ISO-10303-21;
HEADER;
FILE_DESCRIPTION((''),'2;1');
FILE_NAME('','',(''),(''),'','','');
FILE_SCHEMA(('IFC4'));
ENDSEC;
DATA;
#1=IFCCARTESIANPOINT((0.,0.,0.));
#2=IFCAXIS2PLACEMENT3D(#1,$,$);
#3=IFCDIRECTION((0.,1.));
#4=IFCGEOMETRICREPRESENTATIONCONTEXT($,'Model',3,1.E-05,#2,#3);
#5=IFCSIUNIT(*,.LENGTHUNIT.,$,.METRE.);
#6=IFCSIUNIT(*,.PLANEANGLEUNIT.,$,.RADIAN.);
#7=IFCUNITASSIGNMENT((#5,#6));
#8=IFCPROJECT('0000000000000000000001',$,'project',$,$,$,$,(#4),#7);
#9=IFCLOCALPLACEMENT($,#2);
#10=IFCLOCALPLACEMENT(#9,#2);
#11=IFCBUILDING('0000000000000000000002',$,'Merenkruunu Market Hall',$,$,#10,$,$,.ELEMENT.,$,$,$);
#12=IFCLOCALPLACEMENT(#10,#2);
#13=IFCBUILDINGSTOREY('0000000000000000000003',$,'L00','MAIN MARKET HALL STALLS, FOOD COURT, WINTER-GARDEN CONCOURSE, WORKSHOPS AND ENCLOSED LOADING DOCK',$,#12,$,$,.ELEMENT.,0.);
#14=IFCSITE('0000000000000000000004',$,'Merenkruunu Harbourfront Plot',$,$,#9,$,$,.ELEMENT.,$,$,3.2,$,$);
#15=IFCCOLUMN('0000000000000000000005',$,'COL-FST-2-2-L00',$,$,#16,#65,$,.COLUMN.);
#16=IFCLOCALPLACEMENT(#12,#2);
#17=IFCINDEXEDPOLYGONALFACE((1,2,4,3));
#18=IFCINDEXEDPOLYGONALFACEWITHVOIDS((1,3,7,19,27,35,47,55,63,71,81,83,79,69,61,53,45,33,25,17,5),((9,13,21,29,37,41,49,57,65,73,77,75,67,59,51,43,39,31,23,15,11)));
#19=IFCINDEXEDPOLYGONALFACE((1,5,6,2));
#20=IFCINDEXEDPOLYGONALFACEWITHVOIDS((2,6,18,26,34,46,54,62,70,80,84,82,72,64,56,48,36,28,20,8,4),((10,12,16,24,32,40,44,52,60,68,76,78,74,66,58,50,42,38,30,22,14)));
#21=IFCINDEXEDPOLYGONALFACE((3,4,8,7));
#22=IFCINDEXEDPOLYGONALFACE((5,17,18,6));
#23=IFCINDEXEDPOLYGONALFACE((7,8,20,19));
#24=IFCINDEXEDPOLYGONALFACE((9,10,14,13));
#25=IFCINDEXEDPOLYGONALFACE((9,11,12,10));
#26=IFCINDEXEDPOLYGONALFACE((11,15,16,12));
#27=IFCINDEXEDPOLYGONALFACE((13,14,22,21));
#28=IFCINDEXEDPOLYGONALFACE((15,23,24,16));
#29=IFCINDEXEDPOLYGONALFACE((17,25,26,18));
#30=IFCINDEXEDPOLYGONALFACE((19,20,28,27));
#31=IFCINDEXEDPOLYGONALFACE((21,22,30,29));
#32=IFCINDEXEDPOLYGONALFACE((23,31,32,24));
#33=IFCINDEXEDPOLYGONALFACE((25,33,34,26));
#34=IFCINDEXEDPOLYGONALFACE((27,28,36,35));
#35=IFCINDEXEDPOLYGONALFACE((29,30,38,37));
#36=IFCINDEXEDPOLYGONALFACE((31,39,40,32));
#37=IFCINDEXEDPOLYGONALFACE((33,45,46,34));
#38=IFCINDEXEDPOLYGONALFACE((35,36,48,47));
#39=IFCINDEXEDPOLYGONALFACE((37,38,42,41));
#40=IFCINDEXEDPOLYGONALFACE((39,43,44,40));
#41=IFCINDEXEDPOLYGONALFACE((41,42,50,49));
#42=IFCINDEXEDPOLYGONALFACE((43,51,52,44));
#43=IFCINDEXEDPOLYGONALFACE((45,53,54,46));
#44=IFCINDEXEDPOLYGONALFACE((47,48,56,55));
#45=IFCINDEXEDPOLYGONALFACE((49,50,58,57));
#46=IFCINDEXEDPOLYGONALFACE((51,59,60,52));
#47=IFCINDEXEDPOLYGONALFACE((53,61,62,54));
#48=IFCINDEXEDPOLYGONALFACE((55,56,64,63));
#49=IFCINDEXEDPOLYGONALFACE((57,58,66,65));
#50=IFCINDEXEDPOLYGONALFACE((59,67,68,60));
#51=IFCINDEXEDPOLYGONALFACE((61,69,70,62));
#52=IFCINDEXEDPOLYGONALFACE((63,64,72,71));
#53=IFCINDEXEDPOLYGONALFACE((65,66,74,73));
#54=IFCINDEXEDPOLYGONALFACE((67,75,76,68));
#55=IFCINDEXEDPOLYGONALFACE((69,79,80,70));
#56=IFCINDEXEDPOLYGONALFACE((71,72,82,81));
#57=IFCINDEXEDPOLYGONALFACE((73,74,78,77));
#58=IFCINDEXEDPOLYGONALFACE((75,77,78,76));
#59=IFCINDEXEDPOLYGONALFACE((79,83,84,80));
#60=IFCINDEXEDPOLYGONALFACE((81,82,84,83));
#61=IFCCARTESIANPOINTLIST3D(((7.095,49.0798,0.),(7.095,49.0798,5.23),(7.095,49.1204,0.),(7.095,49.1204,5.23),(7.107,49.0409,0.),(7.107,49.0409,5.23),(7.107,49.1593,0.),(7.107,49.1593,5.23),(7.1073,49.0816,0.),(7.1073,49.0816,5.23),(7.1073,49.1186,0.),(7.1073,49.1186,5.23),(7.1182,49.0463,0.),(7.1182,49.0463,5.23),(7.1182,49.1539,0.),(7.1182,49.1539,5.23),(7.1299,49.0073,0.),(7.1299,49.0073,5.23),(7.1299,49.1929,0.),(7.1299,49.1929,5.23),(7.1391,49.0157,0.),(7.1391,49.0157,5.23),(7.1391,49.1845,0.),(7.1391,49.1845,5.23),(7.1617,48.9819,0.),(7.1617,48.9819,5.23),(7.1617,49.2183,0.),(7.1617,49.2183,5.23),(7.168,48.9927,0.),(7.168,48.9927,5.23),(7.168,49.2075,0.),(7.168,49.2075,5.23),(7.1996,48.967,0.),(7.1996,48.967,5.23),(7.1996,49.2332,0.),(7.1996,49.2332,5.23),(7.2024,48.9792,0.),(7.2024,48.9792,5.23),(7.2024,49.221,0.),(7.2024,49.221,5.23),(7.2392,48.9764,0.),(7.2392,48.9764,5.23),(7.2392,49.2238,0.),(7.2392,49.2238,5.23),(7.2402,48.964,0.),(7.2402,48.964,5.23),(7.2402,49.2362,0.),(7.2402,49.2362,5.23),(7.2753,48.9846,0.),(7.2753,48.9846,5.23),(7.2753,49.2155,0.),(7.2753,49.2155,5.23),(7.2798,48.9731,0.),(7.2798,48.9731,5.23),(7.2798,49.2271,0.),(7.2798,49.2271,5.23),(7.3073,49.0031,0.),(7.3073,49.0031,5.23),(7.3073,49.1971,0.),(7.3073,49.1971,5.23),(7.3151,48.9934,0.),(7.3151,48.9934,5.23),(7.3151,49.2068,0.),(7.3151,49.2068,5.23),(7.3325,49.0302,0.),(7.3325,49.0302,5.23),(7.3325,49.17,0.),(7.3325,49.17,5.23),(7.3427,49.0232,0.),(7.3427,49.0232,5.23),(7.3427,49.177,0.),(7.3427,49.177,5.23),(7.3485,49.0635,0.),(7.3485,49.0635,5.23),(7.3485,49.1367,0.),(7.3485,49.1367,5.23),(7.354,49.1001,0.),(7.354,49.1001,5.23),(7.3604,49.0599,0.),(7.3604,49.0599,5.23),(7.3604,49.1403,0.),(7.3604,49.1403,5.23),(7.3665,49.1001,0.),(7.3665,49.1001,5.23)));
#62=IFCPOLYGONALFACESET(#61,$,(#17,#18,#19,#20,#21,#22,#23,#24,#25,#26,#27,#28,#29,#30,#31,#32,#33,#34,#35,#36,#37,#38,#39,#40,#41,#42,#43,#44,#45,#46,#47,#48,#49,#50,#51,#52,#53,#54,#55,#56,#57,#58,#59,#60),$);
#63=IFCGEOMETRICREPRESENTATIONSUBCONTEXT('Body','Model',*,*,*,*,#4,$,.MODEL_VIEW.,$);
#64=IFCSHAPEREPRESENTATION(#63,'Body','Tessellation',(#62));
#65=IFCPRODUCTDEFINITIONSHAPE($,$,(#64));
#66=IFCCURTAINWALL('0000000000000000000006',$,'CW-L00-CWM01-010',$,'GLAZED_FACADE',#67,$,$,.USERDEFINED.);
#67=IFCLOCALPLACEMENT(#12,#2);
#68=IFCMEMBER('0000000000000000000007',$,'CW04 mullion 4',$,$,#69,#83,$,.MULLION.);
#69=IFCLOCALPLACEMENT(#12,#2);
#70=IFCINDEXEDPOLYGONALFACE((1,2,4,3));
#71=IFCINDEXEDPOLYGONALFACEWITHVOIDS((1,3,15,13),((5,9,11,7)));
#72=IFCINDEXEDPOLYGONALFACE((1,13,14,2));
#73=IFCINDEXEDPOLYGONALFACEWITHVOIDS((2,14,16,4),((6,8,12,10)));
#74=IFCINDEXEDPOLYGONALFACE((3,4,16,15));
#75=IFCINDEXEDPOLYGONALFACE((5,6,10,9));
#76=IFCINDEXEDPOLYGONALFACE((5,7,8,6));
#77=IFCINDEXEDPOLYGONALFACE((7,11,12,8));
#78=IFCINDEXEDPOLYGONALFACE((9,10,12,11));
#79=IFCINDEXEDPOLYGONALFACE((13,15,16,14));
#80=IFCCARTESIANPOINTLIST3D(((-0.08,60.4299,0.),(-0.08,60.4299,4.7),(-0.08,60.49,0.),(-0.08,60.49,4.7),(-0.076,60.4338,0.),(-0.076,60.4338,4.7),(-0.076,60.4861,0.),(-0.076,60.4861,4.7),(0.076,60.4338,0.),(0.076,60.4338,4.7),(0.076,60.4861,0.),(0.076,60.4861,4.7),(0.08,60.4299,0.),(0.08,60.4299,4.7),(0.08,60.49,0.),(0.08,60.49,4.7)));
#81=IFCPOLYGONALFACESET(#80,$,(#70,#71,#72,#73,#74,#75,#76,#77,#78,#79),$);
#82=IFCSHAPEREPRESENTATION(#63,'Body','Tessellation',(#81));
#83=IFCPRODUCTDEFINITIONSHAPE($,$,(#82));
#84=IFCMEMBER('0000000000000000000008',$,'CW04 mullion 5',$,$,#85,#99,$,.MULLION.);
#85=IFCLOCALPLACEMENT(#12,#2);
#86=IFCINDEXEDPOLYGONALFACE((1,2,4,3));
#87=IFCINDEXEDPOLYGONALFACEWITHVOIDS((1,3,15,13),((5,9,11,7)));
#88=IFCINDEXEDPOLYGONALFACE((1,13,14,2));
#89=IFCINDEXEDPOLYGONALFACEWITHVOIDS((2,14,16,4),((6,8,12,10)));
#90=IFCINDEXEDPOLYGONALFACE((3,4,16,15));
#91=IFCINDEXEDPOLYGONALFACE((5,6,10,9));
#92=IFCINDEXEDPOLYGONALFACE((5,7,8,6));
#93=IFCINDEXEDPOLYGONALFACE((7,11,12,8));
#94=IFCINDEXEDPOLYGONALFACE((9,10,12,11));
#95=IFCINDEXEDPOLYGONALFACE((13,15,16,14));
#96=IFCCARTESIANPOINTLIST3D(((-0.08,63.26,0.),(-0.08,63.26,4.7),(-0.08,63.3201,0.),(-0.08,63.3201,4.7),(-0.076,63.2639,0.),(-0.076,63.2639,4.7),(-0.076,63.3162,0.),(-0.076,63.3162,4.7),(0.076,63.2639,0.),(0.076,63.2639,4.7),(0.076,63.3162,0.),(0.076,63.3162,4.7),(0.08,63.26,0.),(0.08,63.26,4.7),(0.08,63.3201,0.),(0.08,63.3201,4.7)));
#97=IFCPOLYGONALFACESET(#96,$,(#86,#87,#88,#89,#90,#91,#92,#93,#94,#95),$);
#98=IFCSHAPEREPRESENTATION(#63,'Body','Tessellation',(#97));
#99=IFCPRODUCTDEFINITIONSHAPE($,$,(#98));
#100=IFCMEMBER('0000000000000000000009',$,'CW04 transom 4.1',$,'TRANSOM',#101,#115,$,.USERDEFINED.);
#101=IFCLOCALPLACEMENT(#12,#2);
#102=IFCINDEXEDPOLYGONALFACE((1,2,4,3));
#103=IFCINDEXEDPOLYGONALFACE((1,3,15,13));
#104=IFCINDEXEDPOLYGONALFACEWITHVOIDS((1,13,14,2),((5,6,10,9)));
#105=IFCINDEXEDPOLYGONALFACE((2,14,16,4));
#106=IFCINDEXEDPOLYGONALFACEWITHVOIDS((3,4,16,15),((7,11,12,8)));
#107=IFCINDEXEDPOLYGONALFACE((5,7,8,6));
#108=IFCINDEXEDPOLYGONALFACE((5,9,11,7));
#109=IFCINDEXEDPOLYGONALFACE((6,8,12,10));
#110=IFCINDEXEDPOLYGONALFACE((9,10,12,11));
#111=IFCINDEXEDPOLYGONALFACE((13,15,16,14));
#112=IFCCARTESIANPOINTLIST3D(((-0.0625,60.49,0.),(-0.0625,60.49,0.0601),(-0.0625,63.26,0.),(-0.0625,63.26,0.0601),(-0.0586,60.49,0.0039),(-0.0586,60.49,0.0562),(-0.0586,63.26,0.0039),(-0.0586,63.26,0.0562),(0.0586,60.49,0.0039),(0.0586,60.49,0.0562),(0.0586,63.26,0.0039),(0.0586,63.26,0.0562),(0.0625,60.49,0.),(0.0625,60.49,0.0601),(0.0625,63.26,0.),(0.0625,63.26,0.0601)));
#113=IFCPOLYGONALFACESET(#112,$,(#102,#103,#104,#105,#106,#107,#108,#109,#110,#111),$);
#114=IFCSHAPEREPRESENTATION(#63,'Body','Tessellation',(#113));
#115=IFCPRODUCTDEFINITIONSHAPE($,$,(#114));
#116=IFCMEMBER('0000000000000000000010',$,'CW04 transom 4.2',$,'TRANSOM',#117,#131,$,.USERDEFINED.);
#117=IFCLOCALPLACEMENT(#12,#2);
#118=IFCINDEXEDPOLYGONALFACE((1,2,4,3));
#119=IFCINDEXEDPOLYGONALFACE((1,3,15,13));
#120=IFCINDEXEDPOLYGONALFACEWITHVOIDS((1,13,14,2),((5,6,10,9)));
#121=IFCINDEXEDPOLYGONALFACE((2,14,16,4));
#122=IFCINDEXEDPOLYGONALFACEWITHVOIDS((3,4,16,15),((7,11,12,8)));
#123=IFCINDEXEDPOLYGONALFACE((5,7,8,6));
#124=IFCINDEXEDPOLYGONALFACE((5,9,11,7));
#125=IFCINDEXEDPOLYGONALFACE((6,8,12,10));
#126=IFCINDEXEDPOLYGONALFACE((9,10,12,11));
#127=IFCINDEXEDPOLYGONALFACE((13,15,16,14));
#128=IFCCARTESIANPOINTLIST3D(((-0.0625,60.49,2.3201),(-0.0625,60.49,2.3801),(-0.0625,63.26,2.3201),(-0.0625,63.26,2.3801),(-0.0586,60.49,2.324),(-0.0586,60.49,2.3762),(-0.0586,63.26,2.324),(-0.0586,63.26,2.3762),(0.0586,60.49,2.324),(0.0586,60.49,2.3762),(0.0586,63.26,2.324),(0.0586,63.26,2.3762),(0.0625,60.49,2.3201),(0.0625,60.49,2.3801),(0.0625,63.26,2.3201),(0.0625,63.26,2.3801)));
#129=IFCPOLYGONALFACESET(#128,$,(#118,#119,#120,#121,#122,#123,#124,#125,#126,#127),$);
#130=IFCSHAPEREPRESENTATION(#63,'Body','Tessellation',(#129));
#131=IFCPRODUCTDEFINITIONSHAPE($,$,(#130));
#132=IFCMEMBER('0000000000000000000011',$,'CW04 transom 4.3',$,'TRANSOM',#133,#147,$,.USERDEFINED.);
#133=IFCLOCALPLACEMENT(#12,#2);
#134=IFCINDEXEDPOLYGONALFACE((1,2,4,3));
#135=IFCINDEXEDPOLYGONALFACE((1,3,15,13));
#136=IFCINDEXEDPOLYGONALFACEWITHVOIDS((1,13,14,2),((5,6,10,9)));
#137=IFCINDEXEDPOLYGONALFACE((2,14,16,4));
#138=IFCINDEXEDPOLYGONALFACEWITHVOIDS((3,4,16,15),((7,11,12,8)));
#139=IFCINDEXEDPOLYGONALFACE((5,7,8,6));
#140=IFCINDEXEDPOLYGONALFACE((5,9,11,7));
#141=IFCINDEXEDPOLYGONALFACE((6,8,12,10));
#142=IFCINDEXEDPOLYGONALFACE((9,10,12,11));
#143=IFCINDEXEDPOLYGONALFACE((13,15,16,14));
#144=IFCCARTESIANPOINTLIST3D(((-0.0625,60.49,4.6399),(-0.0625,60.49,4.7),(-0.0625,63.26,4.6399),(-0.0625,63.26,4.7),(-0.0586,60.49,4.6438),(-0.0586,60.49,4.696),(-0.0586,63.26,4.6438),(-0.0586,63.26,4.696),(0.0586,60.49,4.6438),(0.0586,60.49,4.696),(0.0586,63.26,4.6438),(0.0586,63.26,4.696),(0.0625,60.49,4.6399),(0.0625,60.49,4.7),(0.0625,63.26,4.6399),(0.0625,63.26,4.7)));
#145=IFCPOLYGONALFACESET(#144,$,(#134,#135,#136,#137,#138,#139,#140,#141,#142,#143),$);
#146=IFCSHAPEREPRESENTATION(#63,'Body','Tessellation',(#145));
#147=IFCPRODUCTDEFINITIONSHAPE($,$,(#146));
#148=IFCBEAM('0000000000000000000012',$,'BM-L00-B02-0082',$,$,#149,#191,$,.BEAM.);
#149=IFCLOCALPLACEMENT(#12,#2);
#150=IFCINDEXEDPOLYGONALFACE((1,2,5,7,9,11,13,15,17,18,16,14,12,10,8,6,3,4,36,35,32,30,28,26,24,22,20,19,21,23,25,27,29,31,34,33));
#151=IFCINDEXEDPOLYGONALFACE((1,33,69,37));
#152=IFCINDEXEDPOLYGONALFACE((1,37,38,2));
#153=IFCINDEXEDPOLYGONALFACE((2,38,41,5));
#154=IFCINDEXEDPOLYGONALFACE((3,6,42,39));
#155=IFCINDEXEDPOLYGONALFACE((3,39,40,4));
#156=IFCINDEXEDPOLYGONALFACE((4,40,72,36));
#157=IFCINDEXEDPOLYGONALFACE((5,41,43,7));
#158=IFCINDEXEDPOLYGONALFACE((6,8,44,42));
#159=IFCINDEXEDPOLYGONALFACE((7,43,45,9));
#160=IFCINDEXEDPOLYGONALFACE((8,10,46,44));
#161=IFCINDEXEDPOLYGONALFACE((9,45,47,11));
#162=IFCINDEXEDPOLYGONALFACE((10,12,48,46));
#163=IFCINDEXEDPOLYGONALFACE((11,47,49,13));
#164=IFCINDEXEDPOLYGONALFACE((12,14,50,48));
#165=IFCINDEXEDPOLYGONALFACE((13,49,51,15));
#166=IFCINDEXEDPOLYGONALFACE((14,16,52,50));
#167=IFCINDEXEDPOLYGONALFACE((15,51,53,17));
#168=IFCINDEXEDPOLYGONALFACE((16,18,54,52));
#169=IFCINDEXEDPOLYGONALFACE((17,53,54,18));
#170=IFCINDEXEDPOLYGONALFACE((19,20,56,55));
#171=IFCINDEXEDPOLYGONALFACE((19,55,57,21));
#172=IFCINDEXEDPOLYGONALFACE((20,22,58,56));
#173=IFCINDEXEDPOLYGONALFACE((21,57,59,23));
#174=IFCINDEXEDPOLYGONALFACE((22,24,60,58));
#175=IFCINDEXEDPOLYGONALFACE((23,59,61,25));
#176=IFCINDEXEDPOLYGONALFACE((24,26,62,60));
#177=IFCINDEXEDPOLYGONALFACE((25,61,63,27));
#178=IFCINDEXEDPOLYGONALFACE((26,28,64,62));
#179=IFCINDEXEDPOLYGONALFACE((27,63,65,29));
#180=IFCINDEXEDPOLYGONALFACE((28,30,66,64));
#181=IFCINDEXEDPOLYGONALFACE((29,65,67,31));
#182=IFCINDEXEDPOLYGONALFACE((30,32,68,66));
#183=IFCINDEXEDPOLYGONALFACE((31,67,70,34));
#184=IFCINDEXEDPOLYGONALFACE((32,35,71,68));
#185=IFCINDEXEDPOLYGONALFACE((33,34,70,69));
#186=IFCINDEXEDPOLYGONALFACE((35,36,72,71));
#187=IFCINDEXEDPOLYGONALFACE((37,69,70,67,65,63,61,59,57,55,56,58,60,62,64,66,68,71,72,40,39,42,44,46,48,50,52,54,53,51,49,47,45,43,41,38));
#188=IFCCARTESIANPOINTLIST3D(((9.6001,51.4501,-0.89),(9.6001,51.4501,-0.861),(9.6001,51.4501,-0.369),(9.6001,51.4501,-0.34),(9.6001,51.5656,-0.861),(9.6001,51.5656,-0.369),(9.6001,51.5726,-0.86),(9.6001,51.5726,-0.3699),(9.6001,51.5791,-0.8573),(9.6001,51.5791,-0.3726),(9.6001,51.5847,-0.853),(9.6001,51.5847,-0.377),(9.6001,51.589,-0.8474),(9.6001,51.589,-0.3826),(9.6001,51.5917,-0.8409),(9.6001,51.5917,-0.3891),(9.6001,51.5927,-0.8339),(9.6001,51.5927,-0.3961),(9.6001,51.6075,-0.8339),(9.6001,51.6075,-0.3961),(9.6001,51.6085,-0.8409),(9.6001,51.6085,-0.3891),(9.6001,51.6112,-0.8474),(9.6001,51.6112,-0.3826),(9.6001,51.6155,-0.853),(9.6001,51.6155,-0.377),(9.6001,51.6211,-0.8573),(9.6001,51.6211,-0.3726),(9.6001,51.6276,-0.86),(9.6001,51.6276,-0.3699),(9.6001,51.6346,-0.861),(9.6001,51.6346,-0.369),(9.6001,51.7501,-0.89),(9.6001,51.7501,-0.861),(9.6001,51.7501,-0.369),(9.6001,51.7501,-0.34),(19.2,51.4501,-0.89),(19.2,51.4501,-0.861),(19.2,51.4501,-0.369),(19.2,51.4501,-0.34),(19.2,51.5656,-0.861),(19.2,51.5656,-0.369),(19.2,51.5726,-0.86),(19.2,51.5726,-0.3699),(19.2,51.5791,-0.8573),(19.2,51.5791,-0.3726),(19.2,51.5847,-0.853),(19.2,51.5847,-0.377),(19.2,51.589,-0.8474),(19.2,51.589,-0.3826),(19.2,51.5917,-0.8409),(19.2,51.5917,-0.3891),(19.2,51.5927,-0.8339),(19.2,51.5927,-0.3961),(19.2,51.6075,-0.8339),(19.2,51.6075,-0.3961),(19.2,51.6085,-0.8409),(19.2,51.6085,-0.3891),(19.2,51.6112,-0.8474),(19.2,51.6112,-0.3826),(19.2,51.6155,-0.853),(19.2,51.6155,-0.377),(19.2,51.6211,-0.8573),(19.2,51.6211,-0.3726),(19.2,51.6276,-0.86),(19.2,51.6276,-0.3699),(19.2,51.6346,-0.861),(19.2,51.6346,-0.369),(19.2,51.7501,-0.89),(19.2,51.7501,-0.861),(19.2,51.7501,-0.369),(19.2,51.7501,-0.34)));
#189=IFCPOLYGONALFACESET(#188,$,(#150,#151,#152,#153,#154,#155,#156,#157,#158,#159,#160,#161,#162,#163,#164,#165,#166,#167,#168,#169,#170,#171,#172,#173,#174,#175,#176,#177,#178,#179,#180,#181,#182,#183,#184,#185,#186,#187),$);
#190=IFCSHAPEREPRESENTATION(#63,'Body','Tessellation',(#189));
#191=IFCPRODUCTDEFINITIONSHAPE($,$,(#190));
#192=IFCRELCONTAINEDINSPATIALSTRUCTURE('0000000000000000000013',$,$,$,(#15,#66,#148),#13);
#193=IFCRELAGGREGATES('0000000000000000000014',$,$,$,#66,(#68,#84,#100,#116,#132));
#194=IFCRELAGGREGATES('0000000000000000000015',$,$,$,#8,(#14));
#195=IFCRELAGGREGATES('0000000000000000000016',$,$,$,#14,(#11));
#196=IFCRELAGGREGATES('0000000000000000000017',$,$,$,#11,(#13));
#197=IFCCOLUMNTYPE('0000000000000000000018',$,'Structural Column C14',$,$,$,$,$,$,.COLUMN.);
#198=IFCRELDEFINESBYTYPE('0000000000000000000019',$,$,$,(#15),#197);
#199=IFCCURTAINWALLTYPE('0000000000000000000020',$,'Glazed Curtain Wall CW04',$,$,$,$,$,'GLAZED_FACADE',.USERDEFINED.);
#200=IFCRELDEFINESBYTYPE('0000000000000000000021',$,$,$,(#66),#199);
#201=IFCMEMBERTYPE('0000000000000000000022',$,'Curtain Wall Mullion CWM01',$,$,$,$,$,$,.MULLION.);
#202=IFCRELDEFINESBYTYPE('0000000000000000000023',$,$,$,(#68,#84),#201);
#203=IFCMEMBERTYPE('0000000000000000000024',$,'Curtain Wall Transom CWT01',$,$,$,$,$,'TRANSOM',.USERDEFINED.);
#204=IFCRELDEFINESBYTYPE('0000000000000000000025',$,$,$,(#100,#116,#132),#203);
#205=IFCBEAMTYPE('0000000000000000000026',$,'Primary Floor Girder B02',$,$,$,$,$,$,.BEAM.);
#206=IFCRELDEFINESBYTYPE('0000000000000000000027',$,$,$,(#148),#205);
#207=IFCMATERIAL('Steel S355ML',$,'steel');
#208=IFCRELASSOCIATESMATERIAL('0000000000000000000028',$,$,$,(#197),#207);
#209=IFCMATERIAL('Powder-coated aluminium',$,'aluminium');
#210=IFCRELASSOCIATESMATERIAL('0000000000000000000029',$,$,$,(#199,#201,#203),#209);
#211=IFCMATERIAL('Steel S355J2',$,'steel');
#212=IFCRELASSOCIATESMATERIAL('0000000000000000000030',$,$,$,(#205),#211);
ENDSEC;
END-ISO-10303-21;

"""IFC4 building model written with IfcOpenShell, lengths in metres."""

from ifc_helpers import new_model, si_unit, direction, frame, origin, origin_2d, place, context, subcontext, project, spatial, hollow_rectangle, hollow_circle, i_section, extrude, material, material_profile, profile_set, type_object, element, aggregate, save


model = new_model("IFC4")

# Units and contexts
model_context = context("Model", 3, precision=1e-05, world=origin(), true_north=direction((0.0, 1.0)))
body_context = subcontext(model_context, "Body", "Model", "MODEL_VIEW")
ifc_project = project(units=[si_unit("LENGTHUNIT", "METRE"), si_unit("PLANEANGLEUNIT", "RADIAN")], contexts=[model_context])

# Site, building, storey
site_placement = place(None, origin())
site = spatial("IfcSite", under=ifc_project, at=site_placement, Name="Merenkruunu Harbourfront Plot", CompositionType="ELEMENT", RefElevation=3.2)
building_placement = place(site_placement, origin())
building = spatial("IfcBuilding", under=site, at=building_placement, Name="Merenkruunu Market Hall", CompositionType="ELEMENT")
storey_placement = place(building_placement, origin())
storey = spatial("IfcBuildingStorey", under=building, at=storey_placement, Name="L00", Description="MAIN MARKET HALL STALLS, FOOD COURT, WINTER-GARDEN CONCOURSE, WORKSHOPS AND ENCLOSED LOADING DOCK", CompositionType="ELEMENT", Elevation=0.0)

# Column
ifc_material_1 = material(Name="Steel S355ML", Category="steel")
ifc_material_2 = material(Name="Steel S355J2", Category="steel")
ifc_material_profile_1 = material_profile(ifc_material_1, hollow_circle(Radius=0.1365, WallThickness=0.0125, at=origin_2d()), Name="CHS 273x12.5")
ifc_profile_set_1 = profile_set([ifc_material_profile_1], Name="Steel S355ML")
column_type_1 = type_object("IfcColumnType", Name="Structural Column C14", PredefinedType="COLUMN", material=ifc_profile_set_1)
for number, where, z_axis, x_axis, name in (
    (1, (7.23, 49.1001, 0.0), (0.0, 0.0, 1.0), (1.0, 0.0, 0.0), "COL-FST-2-2-L00"),
):
    element("IfcColumn", number, at=place(storey_placement, frame(where, z_axis=z_axis, x_axis=x_axis)), inside=storey, type_object=column_type_1, Name=name, PredefinedType="COLUMN", context=body_context, shape_type="SweptSolid", body=[
        extrude(hollow_circle(Radius=0.1365, WallThickness=0.0125, at=origin_2d()), origin(), (0.0, 0.0, 1.0), 5.23),
    ])

# Curtain wall, members
ifc_material_3 = material(Name="Powder-coated aluminium", Category="aluminium")
curtain_wall_type = type_object("IfcCurtainWallType", Name="Glazed Curtain Wall CW04", ElementType="GLAZED_FACADE", PredefinedType="USERDEFINED", material=ifc_material_3)
curtain_wall_placement = place(storey_placement, origin())
curtain_wall = element("IfcCurtainWall", 2, at=curtain_wall_placement, inside=storey, type_object=curtain_wall_type, Name="CW-L00-CWM01-010", ObjectType="GLAZED_FACADE", PredefinedType="USERDEFINED")
ifc_material_profile_2 = material_profile(ifc_material_3, hollow_rectangle(XDim=0.0601, YDim=0.1599, WallThickness=0.0039, at=origin_2d()), Name="ALU 60x160x4")
ifc_profile_set_2 = profile_set([ifc_material_profile_2], Name="Powder-coated aluminium")
member_type_1 = type_object("IfcMemberType", Name="Curtain Wall Mullion CWM01", PredefinedType="MULLION", material=ifc_profile_set_2)
member_1_placement = place(storey_placement, frame((0.0, 60.46, 0.0), z_axis=(0.0, 0.0, 1.0), x_axis=(0.0, 1.0, 0.0)))
member_1 = element("IfcMember", 3, at=member_1_placement, type_object=member_type_1, Name="CW04 mullion 4", PredefinedType="MULLION", context=body_context, shape_type="SweptSolid", body=[
    extrude(hollow_rectangle(XDim=0.0601, YDim=0.1599, WallThickness=0.0039, at=origin_2d()), origin(), (0.0, 0.0, 1.0), 4.7),
])
member_2_placement = place(storey_placement, frame((0.0, 63.29, 0.0), z_axis=(0.0, 0.0, 1.0), x_axis=(0.0, 1.0, 0.0)))
member_2 = element("IfcMember", 4, at=member_2_placement, type_object=member_type_1, Name="CW04 mullion 5", PredefinedType="MULLION", context=body_context, shape_type="SweptSolid", body=[
    extrude(hollow_rectangle(XDim=0.0601, YDim=0.1599, WallThickness=0.0039, at=origin_2d()), origin(), (0.0, 0.0, 1.0), 4.7),
])
ifc_material_profile_3 = material_profile(ifc_material_3, hollow_rectangle(XDim=0.0601, YDim=0.125, WallThickness=0.0039, at=origin_2d()), Name="ALU 60x125x4")
ifc_profile_set_3 = profile_set([ifc_material_profile_3], Name="Powder-coated aluminium")
member_type_2 = type_object("IfcMemberType", Name="Curtain Wall Transom CWT01", ElementType="TRANSOM", PredefinedType="USERDEFINED", material=ifc_profile_set_3)
member_3_placement = place(storey_placement, frame((0.0, 60.49, 0.03), z_axis=(0.0, 1.0, 0.0), x_axis=(0.0, 0.0, 1.0)))
member_3 = element("IfcMember", 5, at=member_3_placement, type_object=member_type_2, Name="CW04 transom 4.1", ObjectType="TRANSOM", PredefinedType="USERDEFINED", context=body_context, shape_type="SweptSolid", body=[
    extrude(hollow_rectangle(XDim=0.0601, YDim=0.125, WallThickness=0.0039, at=origin_2d()), origin(), (0.0, 0.0, 1.0), 2.77),
])
member_4_placement = place(storey_placement, frame((0.0, 60.49, 2.3501), z_axis=(0.0, 1.0, 0.0), x_axis=(0.0, 0.0, 1.0)))
member_4 = element("IfcMember", 6, at=member_4_placement, type_object=member_type_2, Name="CW04 transom 4.2", ObjectType="TRANSOM", PredefinedType="USERDEFINED", context=body_context, shape_type="SweptSolid", body=[
    extrude(hollow_rectangle(XDim=0.0601, YDim=0.125, WallThickness=0.0039, at=origin_2d()), origin(), (0.0, 0.0, 1.0), 2.77),
])
member_5_placement = place(storey_placement, frame((0.0, 60.49, 4.6699), z_axis=(0.0, 1.0, 0.0), x_axis=(0.0, 0.0, 1.0)))
member_5 = element("IfcMember", 7, at=member_5_placement, type_object=member_type_2, Name="CW04 transom 4.3", ObjectType="TRANSOM", PredefinedType="USERDEFINED", context=body_context, shape_type="SweptSolid", body=[
    extrude(hollow_rectangle(XDim=0.0601, YDim=0.125, WallThickness=0.0039, at=origin_2d()), origin(), (0.0, 0.0, 1.0), 2.77),
])

# Beam
ifc_material_profile_4 = material_profile(ifc_material_2, i_section(OverallWidth=0.3, OverallDepth=0.55, WebThickness=0.0149, FlangeThickness=0.0291, FilletRadius=0.0271, at=origin_2d()), Name="HEB 550")
ifc_profile_set_4 = profile_set([ifc_material_profile_4], Name="Steel S355J2")
beam_type_1 = type_object("IfcBeamType", Name="Primary Floor Girder B02", PredefinedType="BEAM", material=ifc_profile_set_4)
beam_1_placement = place(storey_placement, frame((9.6001, 51.6001, -0.615), z_axis=(1.0, 0.0, 0.0), x_axis=(0.0, 1.0, 0.0)))
element("IfcBeam", 8, at=beam_1_placement, inside=storey, type_object=beam_type_1, Name="BM-L00-B02-0082", PredefinedType="BEAM", context=body_context, shape_type="SweptSolid", body=[
    extrude(i_section(OverallWidth=0.3, OverallDepth=0.55, WebThickness=0.0149, FlangeThickness=0.0291, FilletRadius=0.0271, at=origin_2d()), origin(), (0.0, 0.0, 1.0), 9.5999),
])

aggregate(curtain_wall, [member_1, member_2, member_3, member_4, member_5])

save(model, "model.ifc")
